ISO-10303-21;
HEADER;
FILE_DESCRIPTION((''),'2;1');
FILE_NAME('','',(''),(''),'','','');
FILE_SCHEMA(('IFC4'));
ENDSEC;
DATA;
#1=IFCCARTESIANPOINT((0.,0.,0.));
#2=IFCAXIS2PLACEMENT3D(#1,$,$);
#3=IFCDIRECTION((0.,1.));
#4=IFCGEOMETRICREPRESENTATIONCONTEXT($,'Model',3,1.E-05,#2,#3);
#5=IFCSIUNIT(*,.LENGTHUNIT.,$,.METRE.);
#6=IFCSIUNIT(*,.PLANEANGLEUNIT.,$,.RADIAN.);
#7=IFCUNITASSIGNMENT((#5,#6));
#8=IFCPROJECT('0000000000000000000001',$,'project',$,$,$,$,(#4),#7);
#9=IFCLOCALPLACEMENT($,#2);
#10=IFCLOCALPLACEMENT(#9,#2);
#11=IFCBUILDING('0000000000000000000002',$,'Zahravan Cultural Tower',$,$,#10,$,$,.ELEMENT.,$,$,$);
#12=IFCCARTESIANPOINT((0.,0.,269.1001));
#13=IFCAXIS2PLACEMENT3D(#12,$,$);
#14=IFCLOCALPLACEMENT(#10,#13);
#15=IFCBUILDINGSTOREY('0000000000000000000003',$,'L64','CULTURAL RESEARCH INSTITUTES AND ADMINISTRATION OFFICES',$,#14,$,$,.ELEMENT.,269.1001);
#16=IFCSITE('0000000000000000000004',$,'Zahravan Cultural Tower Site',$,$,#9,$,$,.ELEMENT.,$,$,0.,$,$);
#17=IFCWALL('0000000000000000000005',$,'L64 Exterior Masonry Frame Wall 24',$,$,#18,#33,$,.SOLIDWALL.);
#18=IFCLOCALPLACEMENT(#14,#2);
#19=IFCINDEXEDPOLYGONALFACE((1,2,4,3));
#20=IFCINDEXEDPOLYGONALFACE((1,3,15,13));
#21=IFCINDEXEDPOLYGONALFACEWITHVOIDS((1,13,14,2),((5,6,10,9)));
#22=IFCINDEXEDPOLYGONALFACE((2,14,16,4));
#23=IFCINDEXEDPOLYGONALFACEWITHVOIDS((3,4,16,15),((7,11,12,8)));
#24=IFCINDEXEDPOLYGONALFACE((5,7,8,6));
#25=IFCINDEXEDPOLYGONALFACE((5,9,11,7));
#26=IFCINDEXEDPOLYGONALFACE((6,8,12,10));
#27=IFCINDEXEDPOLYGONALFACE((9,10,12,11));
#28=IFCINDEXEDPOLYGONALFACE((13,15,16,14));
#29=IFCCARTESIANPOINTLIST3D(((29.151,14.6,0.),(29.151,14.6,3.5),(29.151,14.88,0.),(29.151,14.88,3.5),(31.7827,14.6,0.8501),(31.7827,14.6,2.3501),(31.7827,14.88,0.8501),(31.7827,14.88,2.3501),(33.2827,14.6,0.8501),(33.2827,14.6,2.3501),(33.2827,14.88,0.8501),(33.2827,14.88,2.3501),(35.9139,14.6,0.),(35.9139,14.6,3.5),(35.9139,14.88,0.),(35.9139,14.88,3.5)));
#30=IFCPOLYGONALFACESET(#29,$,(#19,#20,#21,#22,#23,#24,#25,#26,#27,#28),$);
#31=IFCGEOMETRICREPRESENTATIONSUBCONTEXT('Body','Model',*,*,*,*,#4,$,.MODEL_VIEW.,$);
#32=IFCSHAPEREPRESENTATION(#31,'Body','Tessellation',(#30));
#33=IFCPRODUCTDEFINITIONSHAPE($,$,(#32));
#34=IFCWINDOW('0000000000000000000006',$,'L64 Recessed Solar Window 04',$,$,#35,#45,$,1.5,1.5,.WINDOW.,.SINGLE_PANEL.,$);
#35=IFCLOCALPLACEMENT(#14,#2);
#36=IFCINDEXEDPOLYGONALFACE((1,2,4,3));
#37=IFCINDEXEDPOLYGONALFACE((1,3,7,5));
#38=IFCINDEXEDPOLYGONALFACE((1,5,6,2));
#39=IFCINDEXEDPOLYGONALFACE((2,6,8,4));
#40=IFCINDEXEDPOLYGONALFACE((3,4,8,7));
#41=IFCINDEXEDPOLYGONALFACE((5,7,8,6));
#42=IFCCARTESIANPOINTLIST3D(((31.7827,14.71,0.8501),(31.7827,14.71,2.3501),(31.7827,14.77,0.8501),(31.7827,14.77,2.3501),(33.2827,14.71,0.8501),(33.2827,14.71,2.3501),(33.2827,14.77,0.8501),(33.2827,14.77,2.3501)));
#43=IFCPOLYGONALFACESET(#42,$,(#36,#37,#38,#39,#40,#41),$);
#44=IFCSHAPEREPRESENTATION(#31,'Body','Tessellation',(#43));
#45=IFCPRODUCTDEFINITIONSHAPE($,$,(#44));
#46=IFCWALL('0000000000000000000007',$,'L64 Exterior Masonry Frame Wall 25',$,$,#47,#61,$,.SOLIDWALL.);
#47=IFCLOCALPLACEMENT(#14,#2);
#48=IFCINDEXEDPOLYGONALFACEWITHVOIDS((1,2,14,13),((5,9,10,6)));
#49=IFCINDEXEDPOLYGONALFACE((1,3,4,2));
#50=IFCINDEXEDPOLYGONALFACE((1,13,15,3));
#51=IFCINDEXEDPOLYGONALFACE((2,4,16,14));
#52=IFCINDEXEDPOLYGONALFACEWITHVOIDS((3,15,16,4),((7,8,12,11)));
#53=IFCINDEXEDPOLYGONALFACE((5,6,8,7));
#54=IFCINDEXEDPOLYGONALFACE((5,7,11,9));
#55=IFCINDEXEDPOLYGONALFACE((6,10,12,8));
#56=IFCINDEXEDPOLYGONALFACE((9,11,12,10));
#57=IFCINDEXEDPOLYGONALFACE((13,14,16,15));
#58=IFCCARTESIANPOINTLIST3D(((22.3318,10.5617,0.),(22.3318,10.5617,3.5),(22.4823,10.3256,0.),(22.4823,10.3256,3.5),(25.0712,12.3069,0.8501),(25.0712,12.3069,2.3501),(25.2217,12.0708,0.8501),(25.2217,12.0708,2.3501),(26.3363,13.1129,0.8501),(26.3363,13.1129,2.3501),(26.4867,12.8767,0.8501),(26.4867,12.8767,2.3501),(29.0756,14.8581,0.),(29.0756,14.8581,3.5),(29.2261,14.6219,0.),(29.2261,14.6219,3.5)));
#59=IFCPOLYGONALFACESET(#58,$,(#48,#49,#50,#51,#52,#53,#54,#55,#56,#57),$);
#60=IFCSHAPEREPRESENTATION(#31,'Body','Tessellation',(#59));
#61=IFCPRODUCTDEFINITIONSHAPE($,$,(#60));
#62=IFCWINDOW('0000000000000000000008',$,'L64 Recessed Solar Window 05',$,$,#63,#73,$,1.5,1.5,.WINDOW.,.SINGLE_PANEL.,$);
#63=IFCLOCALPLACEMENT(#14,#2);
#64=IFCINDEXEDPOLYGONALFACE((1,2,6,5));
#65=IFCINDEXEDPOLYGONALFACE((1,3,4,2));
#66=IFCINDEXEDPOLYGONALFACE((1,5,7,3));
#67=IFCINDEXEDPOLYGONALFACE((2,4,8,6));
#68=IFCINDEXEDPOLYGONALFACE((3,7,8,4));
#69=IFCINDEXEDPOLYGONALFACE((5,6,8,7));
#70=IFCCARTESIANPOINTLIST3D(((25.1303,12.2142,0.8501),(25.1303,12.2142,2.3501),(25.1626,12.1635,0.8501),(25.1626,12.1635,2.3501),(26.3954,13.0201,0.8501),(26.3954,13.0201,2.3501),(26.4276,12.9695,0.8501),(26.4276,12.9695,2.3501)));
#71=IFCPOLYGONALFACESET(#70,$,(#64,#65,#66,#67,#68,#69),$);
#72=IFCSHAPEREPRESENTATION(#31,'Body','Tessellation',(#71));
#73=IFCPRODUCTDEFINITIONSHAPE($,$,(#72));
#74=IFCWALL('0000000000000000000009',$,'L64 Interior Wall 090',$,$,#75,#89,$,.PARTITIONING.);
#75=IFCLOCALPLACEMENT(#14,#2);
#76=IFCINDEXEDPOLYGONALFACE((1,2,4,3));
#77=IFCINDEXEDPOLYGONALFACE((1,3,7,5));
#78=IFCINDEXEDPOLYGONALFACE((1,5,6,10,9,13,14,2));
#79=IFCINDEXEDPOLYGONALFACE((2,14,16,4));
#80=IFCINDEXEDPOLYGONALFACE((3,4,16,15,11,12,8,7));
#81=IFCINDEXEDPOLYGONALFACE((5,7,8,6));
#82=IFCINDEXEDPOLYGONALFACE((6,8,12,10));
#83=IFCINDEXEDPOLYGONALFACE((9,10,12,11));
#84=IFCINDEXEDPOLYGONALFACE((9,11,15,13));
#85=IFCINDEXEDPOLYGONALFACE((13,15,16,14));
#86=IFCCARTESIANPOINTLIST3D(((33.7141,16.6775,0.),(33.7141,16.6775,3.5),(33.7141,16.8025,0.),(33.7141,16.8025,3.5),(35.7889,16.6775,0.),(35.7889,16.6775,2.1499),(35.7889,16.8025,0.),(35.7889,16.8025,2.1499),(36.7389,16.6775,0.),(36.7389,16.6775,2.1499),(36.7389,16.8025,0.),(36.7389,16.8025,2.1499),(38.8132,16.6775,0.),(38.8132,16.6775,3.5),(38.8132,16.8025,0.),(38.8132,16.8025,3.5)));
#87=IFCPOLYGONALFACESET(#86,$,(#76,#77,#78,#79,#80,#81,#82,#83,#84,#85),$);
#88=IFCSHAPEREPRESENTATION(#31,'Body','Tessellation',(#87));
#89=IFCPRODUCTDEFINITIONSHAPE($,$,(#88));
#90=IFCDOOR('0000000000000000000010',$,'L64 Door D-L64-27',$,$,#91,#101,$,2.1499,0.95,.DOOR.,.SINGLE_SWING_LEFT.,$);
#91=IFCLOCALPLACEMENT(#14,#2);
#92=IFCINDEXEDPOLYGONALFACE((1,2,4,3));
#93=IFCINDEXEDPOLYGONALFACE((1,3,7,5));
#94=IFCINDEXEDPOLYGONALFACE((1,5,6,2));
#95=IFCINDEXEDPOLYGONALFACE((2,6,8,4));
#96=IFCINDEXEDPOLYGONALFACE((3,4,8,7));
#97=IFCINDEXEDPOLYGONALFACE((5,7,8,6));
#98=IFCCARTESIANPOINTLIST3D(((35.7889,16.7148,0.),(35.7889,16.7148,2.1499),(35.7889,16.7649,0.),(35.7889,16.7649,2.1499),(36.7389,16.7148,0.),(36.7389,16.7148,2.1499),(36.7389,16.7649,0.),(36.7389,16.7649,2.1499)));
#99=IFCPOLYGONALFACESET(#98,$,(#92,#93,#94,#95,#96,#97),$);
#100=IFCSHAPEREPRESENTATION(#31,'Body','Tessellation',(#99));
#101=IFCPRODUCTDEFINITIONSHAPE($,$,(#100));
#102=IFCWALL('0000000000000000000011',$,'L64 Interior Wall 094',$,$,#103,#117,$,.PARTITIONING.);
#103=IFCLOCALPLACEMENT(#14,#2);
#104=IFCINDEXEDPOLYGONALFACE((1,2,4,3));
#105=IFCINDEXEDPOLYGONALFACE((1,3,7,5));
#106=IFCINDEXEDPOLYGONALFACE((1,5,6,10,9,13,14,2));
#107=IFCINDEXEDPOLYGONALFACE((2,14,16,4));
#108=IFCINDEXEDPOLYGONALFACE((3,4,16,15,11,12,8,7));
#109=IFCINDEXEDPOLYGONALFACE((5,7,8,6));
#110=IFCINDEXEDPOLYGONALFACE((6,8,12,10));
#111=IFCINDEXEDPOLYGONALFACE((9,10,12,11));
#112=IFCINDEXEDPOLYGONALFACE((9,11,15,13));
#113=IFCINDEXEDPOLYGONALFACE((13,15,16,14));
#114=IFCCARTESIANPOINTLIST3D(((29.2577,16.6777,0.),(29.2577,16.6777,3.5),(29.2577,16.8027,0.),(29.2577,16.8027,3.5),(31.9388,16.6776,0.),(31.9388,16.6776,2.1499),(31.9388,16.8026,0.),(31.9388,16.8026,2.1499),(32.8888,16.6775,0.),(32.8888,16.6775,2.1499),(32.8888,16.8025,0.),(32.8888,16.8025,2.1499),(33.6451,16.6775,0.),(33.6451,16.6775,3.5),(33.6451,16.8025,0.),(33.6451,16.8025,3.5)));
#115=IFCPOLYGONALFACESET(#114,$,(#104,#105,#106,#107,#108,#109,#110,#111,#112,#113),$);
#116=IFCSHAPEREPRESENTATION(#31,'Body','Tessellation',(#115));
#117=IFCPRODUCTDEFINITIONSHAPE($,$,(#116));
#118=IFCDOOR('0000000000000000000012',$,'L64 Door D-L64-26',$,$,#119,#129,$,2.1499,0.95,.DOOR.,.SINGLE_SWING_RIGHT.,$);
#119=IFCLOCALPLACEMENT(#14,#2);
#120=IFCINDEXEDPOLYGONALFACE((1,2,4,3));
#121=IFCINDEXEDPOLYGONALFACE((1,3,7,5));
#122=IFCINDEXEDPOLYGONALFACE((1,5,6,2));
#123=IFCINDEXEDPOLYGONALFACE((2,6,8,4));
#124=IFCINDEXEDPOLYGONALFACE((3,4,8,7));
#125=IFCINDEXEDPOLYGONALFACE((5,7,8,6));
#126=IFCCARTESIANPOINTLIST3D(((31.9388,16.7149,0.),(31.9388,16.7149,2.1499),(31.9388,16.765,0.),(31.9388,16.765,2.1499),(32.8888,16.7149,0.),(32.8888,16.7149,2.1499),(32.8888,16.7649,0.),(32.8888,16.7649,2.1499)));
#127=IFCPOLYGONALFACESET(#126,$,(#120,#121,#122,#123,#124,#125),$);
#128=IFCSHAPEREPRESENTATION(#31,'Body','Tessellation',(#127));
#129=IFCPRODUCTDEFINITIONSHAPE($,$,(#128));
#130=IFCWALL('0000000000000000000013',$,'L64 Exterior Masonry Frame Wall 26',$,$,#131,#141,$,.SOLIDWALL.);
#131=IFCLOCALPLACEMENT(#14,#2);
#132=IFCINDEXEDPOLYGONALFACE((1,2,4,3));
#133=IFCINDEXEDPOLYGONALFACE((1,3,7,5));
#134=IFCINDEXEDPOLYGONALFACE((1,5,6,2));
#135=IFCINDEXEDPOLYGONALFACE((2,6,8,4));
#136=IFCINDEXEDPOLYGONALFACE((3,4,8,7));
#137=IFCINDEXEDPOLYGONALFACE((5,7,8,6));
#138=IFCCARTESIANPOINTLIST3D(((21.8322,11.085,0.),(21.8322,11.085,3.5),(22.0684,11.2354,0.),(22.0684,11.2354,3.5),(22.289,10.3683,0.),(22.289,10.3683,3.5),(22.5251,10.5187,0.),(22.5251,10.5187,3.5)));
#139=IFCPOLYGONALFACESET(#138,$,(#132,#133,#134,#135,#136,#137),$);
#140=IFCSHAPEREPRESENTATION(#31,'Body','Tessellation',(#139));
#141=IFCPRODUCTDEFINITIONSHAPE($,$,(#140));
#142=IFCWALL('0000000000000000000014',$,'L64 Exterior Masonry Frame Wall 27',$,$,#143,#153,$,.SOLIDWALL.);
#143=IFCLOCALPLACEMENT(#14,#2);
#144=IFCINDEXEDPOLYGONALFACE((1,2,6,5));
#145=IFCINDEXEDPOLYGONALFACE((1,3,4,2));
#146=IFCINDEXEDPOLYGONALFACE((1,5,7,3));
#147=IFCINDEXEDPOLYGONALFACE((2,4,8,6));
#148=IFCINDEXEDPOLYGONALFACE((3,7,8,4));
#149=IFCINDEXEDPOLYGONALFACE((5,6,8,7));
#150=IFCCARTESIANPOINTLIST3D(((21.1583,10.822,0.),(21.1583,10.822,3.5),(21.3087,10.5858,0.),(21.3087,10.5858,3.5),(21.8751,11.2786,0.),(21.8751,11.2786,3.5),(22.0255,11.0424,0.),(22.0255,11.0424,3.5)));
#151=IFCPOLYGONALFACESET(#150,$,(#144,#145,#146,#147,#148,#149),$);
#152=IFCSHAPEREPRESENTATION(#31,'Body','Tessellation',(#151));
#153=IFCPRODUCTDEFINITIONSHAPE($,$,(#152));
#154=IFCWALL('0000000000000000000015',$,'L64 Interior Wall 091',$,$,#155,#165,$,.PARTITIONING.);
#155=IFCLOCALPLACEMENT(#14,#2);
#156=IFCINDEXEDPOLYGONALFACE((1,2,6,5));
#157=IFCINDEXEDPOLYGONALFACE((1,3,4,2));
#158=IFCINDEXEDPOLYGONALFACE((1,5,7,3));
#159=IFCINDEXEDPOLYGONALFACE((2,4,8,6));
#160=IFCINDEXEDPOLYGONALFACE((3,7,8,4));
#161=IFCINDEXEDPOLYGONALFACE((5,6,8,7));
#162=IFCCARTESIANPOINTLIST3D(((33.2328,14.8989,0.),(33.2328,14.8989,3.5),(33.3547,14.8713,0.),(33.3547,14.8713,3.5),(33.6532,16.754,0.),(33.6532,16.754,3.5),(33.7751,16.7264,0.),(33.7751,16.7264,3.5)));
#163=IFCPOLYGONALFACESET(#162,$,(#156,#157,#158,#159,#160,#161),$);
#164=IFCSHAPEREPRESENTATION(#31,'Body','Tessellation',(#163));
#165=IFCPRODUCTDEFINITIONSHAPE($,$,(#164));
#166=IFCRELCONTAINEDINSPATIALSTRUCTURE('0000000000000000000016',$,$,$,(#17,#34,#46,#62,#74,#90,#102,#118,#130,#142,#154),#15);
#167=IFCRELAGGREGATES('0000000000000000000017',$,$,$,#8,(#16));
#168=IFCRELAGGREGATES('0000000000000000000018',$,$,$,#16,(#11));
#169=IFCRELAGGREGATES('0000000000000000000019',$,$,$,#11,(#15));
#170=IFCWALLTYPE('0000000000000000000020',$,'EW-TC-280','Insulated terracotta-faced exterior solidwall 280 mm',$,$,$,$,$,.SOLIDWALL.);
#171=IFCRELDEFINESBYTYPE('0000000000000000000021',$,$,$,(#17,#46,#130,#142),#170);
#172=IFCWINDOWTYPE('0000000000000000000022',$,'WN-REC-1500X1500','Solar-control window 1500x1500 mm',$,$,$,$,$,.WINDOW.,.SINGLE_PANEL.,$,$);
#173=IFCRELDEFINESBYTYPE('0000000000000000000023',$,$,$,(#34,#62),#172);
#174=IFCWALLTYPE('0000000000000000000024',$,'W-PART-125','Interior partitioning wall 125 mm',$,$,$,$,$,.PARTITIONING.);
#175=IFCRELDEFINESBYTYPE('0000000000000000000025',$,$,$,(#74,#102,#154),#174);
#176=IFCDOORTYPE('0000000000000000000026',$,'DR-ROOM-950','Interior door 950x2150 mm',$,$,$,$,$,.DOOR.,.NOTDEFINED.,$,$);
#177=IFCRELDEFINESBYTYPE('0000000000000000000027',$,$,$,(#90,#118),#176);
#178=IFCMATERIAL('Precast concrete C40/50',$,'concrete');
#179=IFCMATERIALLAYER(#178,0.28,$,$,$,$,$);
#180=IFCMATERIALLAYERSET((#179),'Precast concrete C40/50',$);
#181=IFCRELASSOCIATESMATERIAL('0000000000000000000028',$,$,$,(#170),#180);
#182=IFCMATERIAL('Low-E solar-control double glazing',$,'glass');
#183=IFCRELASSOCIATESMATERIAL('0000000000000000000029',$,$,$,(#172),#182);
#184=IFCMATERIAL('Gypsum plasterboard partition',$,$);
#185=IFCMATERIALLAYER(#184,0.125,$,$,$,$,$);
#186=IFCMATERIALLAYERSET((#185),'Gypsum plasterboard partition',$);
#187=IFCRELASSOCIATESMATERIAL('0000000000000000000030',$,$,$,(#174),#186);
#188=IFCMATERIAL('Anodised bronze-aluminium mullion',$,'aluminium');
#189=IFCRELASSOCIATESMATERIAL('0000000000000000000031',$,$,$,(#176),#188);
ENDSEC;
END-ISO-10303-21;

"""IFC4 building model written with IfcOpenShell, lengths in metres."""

from ifc_helpers import new_model, si_unit, direction, frame, frame_2d, origin, place, context, subcontext, project, spatial, rectangle, extrude, source, transform, mapped, material, layer, layer_set, type_object, element, fill, save


model = new_model("IFC4")

# Units and contexts
model_context = context("Model", 3, precision=1e-05, world=origin(), true_north=direction((0.0, 1.0)))
body_context = subcontext(model_context, "Body", "Model", "MODEL_VIEW")
ifc_project = project(units=[si_unit("LENGTHUNIT", "METRE"), si_unit("PLANEANGLEUNIT", "RADIAN")], contexts=[model_context])

# Site, building, storey
site_placement = place(None, origin())
site = spatial("IfcSite", under=ifc_project, at=site_placement, Name="Zahravan Cultural Tower Site", CompositionType="ELEMENT", RefElevation=0.0)
building_placement = place(site_placement, origin())
building = spatial("IfcBuilding", under=site, at=building_placement, Name="Zahravan Cultural Tower", CompositionType="ELEMENT")
storey_placement = place(building_placement, frame((0.0, 0.0, 269.1001)))
storey = spatial("IfcBuildingStorey", under=building, at=storey_placement, Name="L64", Description="CULTURAL RESEARCH INSTITUTES AND ADMINISTRATION OFFICES", CompositionType="ELEMENT", Elevation=269.1001)

# Walls, openings, windows
ifc_material_1 = material(Name="Precast concrete C40/50", Category="concrete")
ifc_layer_1 = layer(ifc_material_1, 0.28)
ifc_layer_set_1 = layer_set([ifc_layer_1], Name="Precast concrete C40/50")
wall_type_1 = type_object("IfcWallType", Name="EW-TC-280", Description="Insulated terracotta-faced exterior solidwall 280 mm", PredefinedType="SOLIDWALL", material=ifc_layer_set_1)
wall_1_placement = place(storey_placement, frame((35.9138, 14.74, 0.0), z_axis=(0.0, 0.0, 1.0), x_axis=(-1.0, 0.0, 0.0)))
wall_1 = element("IfcWall", 1, at=wall_1_placement, inside=storey, type_object=wall_type_1, Name="L64 Exterior Masonry Frame Wall 24", PredefinedType="SOLIDWALL", context=body_context, shape_type="SweptSolid", body=[
    extrude(rectangle(XDim=6.7629, YDim=0.28, at=frame_2d((3.3813, 0.0))), origin(), (0.0, 0.0, 1.0), 3.5),
])
opening_1_placement = place(wall_1_placement, frame((2.6311, 0.0, 0.8501)))
opening_1 = element("IfcOpeningElement", 2, at=opening_1_placement, cuts=wall_1, PredefinedType="OPENING", context=body_context, shape_type="SweptSolid", body=[
    extrude(rectangle(XDim=1.5, YDim=1.5, at=frame_2d((0.75, 0.75))), frame((0.0, 0.1499, 0.0), z_axis=(0.0, -1.0, 0.0), x_axis=(1.0, 0.0, 0.0)), (0.0, 0.0, 1.0), 0.3),
])
ifc_material_2 = material(Name="Low-E solar-control double glazing", Category="glass")
window_type = type_object("IfcWindowType", Name="WN-REC-1500X1500", Description="Solar-control window 1500x1500 mm", PartitioningType="SINGLE_PANEL", PredefinedType="WINDOW", material=ifc_material_2)
shared_shape_1 = source(origin(), body_context, "Body", "SweptSolid", [
    extrude(rectangle(XDim=1.5, YDim=1.5, at=frame_2d((0.75, 0.75))), frame((0.0, 0.03, 0.0), z_axis=(0.0, -1.0, 0.0), x_axis=(1.0, 0.0, 0.0)), (0.0, 0.0, 1.0), 0.0601),
])
window_1_placement = place(opening_1_placement, origin())
window_1 = element("IfcWindow", 3, at=window_1_placement, inside=storey, type_object=window_type, Name="L64 Recessed Solar Window 04", OverallHeight=1.5, OverallWidth=1.5, PartitioningType="SINGLE_PANEL", PredefinedType="WINDOW", context=body_context, shape_type="MappedRepresentation", body=[
    mapped(shared_shape_1, transform((0.0, 0.0, 0.0), x_axis=(1.0, 0.0, 0.0), y_axis=(0.0, 1.0, 0.0), z_axis=(0.0, 0.0, 1.0), scale=1.0)),
])
fill(opening_1, window_1)
wall_2_placement = place(storey_placement, frame((29.1509, 14.74, 0.0), z_axis=(0.0, 0.0, 1.0), x_axis=(-0.843389, -0.537304, 0.0)))
wall_2 = element("IfcWall", 4, at=wall_2_placement, inside=storey, type_object=wall_type_1, Name="L64 Exterior Masonry Frame Wall 25", PredefinedType="SOLIDWALL", context=body_context, shape_type="SweptSolid", body=[
    extrude(rectangle(XDim=7.9961, YDim=0.28, at=frame_2d((3.998, 0.0))), origin(), (0.0, 0.0, 1.0), 3.5),
])
opening_2_placement = place(wall_2_placement, frame((3.248, 0.0, 0.8501)))
opening_2 = element("IfcOpeningElement", 5, at=opening_2_placement, cuts=wall_2, PredefinedType="OPENING", context=body_context, shape_type="SweptSolid", body=[
    extrude(rectangle(XDim=1.5, YDim=1.5, at=frame_2d((0.75, 0.75))), frame((0.0, 0.1499, 0.0), z_axis=(0.0, -1.0, 0.0), x_axis=(1.0, 0.0, 0.0)), (0.0, 0.0, 1.0), 0.3),
])
window_2_placement = place(opening_2_placement, origin())
window_2 = element("IfcWindow", 6, at=window_2_placement, inside=storey, type_object=window_type, Name="L64 Recessed Solar Window 05", OverallHeight=1.5, OverallWidth=1.5, PartitioningType="SINGLE_PANEL", PredefinedType="WINDOW", context=body_context, shape_type="MappedRepresentation", body=[
    mapped(shared_shape_1, transform((0.0, 0.0, 0.0), x_axis=(1.0, 0.0, 0.0), y_axis=(0.0, 1.0, 0.0), z_axis=(0.0, 0.0, 1.0), scale=1.0)),
])
fill(opening_2, window_2)

# Walls, openings, doors
ifc_material_3 = material(Name="Gypsum plasterboard partition")
ifc_layer_2 = layer(ifc_material_3, 0.125)
ifc_layer_set_2 = layer_set([ifc_layer_2], Name="Gypsum plasterboard partition")
wall_type_2 = type_object("IfcWallType", Name="W-PART-125", Description="Interior partitioning wall 125 mm", PredefinedType="PARTITIONING", material=ifc_layer_set_2)
wall_3_placement = place(storey_placement, frame((33.7141, 16.74, 0.0), z_axis=(0.0, 0.0, 1.0), x_axis=(1.0, 0.0, 0.0)))
wall_3 = element("IfcWall", 7, at=wall_3_placement, inside=storey, type_object=wall_type_2, Name="L64 Interior Wall 090", PredefinedType="PARTITIONING", context=body_context, shape_type="SweptSolid", body=[
    extrude(rectangle(XDim=5.0991, YDim=0.125, at=frame_2d((2.5496, 0.0))), origin(), (0.0, 0.0, 1.0), 3.5),
])
opening_3_placement = place(wall_3_placement, frame((2.0747, 0.0, 0.0)))
opening_3 = element("IfcOpeningElement", 8, at=opening_3_placement, cuts=wall_3, PredefinedType="OPENING", context=body_context, shape_type="SweptSolid", body=[
    extrude(rectangle(XDim=0.95, YDim=2.1499, at=frame_2d((0.4751, 1.075))), frame((0.0, 0.0725, 0.0), z_axis=(0.0, -1.0, 0.0), x_axis=(1.0, 0.0, 0.0)), (0.0, 0.0, 1.0), 0.145),
])
ifc_material_4 = material(Name="Anodised bronze-aluminium mullion", Category="aluminium")
door_type = type_object("IfcDoorType", Name="DR-ROOM-950", Description="Interior door 950x2150 mm", OperationType="NOTDEFINED", PredefinedType="DOOR", material=ifc_material_4)
shared_shape_2 = source(origin(), body_context, "Body", "SweptSolid", [
    extrude(rectangle(XDim=0.95, YDim=2.1499, at=frame_2d((0.4751, 1.075))), frame((0.0, 0.0249, 0.0), z_axis=(0.0, -1.0, 0.0), x_axis=(1.0, 0.0, 0.0)), (0.0, 0.0, 1.0), 0.05),
])
door_1_placement = place(opening_3_placement, origin())
door_1 = element("IfcDoor", 9, at=door_1_placement, inside=storey, type_object=door_type, Name="L64 Door D-L64-27", OperationType="SINGLE_SWING_LEFT", OverallHeight=2.1499, OverallWidth=0.95, PredefinedType="DOOR", context=body_context, shape_type="MappedRepresentation", body=[
    mapped(shared_shape_2, transform((0.0, 0.0, 0.0), x_axis=(1.0, 0.0, 0.0), y_axis=(0.0, 1.0, 0.0), z_axis=(0.0, 0.0, 1.0), scale=1.0)),
])
fill(opening_3, door_1)
wall_4_placement = place(storey_placement, frame((29.2576, 16.7402, 0.0), z_axis=(0.0, 0.0, 1.0), x_axis=(1.0, -0.000056, 0.0)))
wall_4 = element("IfcWall", 10, at=wall_4_placement, inside=storey, type_object=wall_type_2, Name="L64 Interior Wall 094", PredefinedType="PARTITIONING", context=body_context, shape_type="SweptSolid", body=[
    extrude(rectangle(XDim=4.3875, YDim=0.125, at=frame_2d((2.1938, 0.0))), origin(), (0.0, 0.0, 1.0), 3.5),
])
opening_4_placement = place(wall_4_placement, frame((2.6812, 0.0, 0.0)))
opening_4 = element("IfcOpeningElement", 11, at=opening_4_placement, cuts=wall_4, PredefinedType="OPENING", context=body_context, shape_type="SweptSolid", body=[
    extrude(rectangle(XDim=0.95, YDim=2.1499, at=frame_2d((0.4751, 1.075))), frame((0.0, 0.0725, 0.0), z_axis=(0.0, -1.0, 0.0), x_axis=(1.0, 0.0, 0.0)), (0.0, 0.0, 1.0), 0.145),
])
door_2_placement = place(opening_4_placement, origin())
door_2 = element("IfcDoor", 12, at=door_2_placement, inside=storey, type_object=door_type, Name="L64 Door D-L64-26", OperationType="SINGLE_SWING_RIGHT", OverallHeight=2.1499, OverallWidth=0.95, PredefinedType="DOOR", context=body_context, shape_type="MappedRepresentation", body=[
    mapped(shared_shape_2, transform((0.0, 0.0, 0.0), x_axis=(1.0, 0.0, 0.0), y_axis=(0.0, 1.0, 0.0), z_axis=(0.0, 0.0, 1.0), scale=1.0)),
])
fill(opening_4, door_2)

# Walls
shared_shape_3 = source(origin(), body_context, "Body", "SweptSolid", [
    extrude(rectangle(XDim=0.8499, YDim=0.28, at=frame_2d((0.4248, 0.0))), origin(), (0.0, 0.0, 1.0), 3.5),
])
for number, where, z_axis, x_axis, name in (
    (13, (22.407, 10.4436, 0.0), (0.0, 0.0, 1.0), (-0.537414, 0.843318, 0.0), "L64 Exterior Masonry Frame Wall 26"),
    (14, (21.9502, 11.1604, 0.0), (0.0, 0.0, 1.0), (-0.843448, -0.53721, 0.0), "L64 Exterior Masonry Frame Wall 27"),
):
    element("IfcWall", number, at=place(storey_placement, frame(where, z_axis=z_axis, x_axis=x_axis)), inside=storey, type_object=wall_type_1, Name=name, PredefinedType="SOLIDWALL", context=body_context, shape_type="MappedRepresentation", body=[
        mapped(shared_shape_3, transform((0.0, 0.0, 0.0), x_axis=(1.0, 0.0, 0.0), y_axis=(0.0, 1.0, 0.0), z_axis=(0.0, 0.0, 1.0), scale=1.0)),
    ])
shared_shape_4 = source(origin(), body_context, "Body", "SweptSolid", [
    extrude(rectangle(XDim=1.9021, YDim=0.125, at=frame_2d((0.9512, 0.0))), origin(), (0.0, 0.0, 1.0), 3.5),
])
wall_5_placement = place(storey_placement, frame((33.2937, 14.885, 0.0), z_axis=(0.0, 0.0, 1.0), x_axis=(0.221033, 0.975266, 0.0)))
element("IfcWall", 15, at=wall_5_placement, inside=storey, type_object=wall_type_2, Name="L64 Interior Wall 091", PredefinedType="PARTITIONING", context=body_context, shape_type="MappedRepresentation", body=[
    mapped(shared_shape_4, transform((0.0, 0.0, 0.0), x_axis=(1.0, 0.0, 0.0), y_axis=(0.0, 1.0, 0.0), z_axis=(0.0, 0.0, 1.0), scale=1.0)),
])

save(model, "model.ifc")
